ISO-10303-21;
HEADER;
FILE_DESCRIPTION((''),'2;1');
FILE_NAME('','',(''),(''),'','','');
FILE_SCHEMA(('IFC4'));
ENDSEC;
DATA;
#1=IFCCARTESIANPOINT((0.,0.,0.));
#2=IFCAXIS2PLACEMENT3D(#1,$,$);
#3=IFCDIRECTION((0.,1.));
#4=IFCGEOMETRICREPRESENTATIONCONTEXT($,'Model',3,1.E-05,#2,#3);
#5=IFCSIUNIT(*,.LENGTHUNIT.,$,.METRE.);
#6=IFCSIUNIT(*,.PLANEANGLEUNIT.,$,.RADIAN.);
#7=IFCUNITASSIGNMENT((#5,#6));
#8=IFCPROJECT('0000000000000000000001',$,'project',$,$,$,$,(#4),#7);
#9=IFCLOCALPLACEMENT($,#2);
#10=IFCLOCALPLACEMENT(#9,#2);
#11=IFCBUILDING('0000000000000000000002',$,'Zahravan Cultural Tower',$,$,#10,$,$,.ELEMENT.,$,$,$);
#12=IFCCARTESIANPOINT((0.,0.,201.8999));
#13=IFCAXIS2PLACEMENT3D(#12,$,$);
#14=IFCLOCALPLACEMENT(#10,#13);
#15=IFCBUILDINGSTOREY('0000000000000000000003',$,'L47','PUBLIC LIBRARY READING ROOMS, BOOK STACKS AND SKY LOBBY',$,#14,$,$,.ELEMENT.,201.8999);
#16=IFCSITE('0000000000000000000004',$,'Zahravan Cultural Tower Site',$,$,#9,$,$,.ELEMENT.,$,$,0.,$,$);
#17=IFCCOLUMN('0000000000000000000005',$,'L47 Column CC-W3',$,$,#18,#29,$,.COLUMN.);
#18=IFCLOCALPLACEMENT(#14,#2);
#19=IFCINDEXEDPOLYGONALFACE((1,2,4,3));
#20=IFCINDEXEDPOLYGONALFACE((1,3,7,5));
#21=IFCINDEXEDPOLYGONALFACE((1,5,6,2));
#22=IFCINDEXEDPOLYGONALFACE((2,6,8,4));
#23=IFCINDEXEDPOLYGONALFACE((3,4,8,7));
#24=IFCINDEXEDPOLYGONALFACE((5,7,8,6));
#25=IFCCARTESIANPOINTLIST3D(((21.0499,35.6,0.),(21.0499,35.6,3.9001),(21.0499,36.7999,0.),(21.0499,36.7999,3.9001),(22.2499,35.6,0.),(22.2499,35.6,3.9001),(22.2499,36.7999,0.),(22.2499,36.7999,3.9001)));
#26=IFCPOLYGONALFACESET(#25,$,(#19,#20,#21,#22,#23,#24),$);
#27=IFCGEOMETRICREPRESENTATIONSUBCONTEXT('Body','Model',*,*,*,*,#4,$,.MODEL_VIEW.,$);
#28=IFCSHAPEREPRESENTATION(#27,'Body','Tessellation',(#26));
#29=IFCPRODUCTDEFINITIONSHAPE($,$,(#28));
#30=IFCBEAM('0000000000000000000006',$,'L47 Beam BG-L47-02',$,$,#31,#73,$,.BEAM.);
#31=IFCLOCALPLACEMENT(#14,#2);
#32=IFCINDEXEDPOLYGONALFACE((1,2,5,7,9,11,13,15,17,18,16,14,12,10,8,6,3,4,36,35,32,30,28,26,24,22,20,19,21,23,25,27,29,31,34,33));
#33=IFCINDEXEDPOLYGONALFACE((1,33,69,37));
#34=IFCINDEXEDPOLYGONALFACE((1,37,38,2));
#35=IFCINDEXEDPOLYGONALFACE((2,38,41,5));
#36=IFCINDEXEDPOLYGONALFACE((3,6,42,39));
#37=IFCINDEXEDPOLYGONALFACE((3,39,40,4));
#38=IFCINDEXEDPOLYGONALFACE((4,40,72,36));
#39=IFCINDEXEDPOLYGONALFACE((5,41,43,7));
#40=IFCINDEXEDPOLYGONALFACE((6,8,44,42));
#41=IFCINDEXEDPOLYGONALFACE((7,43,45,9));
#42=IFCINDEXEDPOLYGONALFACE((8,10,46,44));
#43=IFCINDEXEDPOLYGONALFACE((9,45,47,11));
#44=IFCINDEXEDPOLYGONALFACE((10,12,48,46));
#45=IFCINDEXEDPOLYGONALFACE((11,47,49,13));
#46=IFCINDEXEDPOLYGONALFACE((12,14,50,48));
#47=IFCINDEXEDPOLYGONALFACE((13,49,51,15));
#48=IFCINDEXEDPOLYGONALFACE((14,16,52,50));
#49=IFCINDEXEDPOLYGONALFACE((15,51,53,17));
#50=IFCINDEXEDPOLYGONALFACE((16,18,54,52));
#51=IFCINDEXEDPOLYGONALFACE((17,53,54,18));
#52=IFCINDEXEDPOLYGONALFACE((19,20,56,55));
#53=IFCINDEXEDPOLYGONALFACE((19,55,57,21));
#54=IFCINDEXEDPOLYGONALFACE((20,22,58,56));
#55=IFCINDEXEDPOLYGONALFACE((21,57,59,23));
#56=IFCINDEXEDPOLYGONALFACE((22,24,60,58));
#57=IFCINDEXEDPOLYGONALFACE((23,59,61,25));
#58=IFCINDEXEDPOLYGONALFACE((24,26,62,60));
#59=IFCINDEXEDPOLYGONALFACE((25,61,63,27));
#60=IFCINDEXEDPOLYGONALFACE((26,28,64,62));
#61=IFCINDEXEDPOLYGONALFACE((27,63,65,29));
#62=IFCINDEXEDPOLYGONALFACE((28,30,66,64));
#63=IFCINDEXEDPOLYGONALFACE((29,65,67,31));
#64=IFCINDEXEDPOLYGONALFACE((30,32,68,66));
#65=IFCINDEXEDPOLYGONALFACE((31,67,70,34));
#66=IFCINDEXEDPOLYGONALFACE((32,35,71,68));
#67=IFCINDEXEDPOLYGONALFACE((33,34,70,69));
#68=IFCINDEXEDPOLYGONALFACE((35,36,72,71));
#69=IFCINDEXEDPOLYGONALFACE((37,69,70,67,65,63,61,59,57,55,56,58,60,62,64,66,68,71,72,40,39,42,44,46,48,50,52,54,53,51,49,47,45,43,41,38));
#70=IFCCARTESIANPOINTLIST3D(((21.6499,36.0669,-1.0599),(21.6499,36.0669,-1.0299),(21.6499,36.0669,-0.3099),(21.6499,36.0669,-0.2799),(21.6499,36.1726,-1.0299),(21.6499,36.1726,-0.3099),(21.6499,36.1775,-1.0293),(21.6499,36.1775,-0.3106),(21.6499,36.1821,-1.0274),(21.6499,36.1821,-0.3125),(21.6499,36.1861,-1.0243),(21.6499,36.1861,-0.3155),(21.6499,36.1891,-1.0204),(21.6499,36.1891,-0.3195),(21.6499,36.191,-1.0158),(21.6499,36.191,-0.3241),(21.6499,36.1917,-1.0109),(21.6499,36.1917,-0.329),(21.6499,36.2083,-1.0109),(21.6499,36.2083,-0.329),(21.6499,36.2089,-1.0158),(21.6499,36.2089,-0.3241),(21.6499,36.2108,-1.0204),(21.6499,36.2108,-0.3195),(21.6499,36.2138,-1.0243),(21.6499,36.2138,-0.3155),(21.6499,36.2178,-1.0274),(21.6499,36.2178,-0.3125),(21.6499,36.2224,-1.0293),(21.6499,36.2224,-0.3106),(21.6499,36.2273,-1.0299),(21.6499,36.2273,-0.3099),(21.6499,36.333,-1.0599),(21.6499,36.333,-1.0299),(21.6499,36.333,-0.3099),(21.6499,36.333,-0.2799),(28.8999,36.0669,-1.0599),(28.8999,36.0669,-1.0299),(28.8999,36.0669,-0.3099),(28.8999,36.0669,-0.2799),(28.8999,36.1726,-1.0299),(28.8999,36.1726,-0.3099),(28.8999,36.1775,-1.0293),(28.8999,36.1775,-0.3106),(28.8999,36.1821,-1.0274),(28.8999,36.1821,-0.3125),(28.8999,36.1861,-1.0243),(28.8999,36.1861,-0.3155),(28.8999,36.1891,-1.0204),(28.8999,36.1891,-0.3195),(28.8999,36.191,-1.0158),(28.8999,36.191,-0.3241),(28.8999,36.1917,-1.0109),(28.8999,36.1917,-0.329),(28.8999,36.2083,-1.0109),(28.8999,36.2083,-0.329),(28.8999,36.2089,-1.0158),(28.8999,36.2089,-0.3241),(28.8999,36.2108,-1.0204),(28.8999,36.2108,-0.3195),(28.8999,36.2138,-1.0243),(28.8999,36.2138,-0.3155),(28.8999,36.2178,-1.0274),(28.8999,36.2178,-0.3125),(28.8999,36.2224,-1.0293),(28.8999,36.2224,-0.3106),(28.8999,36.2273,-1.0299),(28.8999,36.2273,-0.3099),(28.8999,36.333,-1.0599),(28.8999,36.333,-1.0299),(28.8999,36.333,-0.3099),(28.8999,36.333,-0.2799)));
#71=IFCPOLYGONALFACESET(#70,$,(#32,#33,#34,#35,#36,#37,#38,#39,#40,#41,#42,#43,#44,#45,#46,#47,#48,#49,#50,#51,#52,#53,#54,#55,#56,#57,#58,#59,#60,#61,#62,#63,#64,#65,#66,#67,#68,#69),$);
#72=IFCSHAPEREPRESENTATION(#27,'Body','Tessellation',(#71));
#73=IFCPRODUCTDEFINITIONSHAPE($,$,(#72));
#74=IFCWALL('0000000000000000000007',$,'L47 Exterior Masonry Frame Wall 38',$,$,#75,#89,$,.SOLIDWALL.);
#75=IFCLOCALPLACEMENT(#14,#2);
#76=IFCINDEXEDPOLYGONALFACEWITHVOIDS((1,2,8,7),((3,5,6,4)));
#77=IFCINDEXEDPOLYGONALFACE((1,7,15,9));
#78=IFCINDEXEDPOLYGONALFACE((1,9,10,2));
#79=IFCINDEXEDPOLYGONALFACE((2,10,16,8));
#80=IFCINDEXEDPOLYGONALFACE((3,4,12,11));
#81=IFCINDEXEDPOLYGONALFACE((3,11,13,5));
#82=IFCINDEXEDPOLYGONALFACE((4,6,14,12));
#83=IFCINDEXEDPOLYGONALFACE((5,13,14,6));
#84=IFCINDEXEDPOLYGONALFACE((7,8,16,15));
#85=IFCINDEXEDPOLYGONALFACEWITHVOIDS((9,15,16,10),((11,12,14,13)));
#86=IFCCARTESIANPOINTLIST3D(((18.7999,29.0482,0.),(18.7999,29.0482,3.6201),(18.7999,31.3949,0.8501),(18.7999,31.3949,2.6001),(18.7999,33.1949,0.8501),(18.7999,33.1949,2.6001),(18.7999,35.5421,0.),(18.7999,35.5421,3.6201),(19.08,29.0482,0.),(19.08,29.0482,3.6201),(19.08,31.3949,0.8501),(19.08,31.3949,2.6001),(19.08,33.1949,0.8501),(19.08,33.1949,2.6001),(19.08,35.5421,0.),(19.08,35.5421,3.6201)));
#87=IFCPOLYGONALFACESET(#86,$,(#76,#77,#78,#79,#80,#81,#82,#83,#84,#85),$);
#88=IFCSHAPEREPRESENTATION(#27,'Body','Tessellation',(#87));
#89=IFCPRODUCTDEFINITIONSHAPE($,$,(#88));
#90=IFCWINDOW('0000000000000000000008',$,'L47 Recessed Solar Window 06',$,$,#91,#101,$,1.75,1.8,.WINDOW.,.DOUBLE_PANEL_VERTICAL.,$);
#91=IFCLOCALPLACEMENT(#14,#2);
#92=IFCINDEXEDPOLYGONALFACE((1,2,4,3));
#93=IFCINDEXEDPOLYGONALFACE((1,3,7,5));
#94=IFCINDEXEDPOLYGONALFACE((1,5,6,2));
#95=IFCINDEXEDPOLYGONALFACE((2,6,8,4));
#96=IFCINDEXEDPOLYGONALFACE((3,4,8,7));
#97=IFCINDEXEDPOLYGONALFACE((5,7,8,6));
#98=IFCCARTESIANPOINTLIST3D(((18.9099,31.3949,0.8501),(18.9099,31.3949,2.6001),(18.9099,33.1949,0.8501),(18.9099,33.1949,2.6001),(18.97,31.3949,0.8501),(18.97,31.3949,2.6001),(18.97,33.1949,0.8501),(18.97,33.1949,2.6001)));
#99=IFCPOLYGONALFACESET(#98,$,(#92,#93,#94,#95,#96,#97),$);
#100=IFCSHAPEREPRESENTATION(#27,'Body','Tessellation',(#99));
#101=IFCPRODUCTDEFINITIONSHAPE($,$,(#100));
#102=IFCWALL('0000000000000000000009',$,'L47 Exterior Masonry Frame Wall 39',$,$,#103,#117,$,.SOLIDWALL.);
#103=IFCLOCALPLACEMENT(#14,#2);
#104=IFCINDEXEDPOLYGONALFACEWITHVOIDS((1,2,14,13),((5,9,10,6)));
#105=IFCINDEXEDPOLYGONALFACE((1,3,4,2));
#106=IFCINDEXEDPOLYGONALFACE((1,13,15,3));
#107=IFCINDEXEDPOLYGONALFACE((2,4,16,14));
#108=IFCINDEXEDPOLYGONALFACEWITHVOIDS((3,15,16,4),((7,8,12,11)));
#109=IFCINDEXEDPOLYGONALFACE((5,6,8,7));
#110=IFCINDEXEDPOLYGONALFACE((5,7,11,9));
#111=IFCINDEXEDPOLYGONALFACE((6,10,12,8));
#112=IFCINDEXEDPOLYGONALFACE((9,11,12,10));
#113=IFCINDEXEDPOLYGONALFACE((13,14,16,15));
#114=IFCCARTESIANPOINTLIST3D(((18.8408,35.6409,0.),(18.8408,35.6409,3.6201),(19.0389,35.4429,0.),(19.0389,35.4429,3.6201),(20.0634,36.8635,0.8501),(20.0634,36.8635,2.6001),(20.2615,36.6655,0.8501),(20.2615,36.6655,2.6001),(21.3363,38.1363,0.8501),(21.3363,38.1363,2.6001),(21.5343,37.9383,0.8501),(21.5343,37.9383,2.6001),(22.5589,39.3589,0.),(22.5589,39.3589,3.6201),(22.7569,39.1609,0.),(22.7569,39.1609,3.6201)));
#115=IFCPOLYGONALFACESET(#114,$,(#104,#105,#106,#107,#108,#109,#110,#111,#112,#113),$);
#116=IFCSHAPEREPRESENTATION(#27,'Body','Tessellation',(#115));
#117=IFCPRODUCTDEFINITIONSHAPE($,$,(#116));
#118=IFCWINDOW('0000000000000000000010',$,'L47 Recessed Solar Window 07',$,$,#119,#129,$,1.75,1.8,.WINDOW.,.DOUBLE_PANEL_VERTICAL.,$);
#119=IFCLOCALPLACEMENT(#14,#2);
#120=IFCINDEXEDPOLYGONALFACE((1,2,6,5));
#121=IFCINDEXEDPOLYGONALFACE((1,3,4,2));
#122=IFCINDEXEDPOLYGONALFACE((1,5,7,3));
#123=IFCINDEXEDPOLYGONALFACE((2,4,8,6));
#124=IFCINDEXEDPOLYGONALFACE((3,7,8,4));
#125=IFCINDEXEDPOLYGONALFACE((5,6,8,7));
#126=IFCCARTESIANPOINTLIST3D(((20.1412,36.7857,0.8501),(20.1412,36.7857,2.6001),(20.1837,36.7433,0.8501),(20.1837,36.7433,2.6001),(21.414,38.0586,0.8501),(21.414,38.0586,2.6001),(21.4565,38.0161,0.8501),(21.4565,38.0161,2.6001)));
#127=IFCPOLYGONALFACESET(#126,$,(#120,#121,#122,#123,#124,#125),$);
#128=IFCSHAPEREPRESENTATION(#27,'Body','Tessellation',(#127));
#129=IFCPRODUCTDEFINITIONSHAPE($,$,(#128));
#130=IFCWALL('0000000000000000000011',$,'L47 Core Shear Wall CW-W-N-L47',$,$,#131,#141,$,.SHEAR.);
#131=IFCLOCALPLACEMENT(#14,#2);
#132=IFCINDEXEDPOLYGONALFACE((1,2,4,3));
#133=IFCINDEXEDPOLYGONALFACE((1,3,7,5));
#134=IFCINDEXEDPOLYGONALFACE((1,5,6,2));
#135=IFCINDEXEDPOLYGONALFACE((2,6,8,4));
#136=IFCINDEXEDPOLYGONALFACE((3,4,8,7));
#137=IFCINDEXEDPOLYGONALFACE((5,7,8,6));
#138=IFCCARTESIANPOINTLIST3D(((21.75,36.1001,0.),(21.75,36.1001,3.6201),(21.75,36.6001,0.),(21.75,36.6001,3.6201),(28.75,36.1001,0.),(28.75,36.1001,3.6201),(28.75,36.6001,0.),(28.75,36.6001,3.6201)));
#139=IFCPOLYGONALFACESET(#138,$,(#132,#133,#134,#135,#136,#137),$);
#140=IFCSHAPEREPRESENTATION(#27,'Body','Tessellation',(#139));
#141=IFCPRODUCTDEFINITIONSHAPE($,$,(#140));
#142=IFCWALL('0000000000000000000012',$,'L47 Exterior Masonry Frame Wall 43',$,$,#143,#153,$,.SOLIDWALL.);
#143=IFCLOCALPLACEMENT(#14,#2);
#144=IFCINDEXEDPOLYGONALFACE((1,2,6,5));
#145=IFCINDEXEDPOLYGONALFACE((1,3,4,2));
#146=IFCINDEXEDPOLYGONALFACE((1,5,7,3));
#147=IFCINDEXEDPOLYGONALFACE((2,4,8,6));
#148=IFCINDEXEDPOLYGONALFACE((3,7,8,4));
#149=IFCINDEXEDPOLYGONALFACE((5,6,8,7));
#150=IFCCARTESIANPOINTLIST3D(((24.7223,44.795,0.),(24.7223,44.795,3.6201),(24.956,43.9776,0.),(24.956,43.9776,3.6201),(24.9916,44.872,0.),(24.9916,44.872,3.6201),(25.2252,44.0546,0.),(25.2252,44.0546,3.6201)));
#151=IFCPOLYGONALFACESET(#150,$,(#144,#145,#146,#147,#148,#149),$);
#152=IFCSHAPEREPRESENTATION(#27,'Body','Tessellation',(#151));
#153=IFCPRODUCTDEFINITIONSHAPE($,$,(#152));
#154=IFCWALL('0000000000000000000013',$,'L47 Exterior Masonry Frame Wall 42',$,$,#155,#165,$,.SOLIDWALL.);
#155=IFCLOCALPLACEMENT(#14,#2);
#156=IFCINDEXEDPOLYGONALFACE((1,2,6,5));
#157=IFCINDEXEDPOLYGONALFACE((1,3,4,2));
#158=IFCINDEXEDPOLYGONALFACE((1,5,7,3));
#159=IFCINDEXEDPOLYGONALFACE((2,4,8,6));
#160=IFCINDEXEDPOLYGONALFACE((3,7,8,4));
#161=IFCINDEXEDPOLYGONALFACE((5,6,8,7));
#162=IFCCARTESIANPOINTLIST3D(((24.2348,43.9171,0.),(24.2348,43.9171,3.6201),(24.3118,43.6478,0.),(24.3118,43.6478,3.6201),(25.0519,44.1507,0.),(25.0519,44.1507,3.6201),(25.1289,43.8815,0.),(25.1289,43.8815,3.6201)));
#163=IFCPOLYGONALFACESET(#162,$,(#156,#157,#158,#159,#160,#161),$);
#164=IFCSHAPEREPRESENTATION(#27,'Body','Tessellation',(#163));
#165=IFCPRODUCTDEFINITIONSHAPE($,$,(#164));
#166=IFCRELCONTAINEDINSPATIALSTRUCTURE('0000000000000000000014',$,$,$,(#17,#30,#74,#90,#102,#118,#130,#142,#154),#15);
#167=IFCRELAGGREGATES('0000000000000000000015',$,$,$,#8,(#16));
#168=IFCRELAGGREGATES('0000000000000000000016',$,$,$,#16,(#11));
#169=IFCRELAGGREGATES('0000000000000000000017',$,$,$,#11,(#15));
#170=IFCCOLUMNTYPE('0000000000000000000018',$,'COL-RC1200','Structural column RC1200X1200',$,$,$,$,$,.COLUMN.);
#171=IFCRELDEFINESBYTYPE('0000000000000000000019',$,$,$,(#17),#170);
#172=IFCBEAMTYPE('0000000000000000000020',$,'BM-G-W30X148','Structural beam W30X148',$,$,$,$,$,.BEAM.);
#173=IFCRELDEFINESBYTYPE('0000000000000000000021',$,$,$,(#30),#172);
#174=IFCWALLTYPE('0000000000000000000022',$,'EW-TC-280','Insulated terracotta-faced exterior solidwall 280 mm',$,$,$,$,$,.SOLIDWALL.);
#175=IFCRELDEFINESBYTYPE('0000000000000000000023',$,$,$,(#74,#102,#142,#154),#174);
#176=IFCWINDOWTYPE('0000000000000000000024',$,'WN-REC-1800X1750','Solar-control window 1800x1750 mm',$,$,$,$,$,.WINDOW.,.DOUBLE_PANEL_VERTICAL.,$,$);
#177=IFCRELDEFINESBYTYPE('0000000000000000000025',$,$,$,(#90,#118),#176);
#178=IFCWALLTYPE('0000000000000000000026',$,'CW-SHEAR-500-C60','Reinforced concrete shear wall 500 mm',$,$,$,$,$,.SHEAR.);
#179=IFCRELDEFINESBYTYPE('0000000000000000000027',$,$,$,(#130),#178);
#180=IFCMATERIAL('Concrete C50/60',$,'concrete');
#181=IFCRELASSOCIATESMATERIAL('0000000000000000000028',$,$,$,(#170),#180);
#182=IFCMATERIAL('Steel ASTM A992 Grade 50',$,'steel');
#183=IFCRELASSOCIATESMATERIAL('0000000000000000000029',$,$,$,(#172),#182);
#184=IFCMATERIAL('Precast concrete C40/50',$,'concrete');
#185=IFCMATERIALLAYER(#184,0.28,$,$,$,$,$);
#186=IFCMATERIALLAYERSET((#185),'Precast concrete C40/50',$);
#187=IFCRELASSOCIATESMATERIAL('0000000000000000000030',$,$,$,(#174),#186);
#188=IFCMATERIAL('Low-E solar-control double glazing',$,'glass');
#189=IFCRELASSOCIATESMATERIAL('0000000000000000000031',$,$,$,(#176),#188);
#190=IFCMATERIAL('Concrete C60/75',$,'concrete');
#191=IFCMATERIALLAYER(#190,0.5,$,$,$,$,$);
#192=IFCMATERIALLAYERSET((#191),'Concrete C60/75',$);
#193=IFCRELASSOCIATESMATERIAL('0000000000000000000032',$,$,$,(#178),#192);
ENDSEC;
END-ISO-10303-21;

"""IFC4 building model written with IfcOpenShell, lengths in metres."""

from ifc_helpers import new_model, si_unit, direction, frame, frame_2d, origin, origin_2d, place, context, subcontext, project, spatial, rectangle, i_section, extrude, source, transform, mapped, material, layer, layer_set, material_profile, profile_set, type_object, element, fill, save


model = new_model("IFC4")

# Units and contexts
model_context = context("Model", 3, precision=1e-05, world=origin(), true_north=direction((0.0, 1.0)))
body_context = subcontext(model_context, "Body", "Model", "MODEL_VIEW")
ifc_project = project(units=[si_unit("LENGTHUNIT", "METRE"), si_unit("PLANEANGLEUNIT", "RADIAN")], contexts=[model_context])

# Site, building, storey
site_placement = place(None, origin())
site = spatial("IfcSite", under=ifc_project, at=site_placement, Name="Zahravan Cultural Tower Site", CompositionType="ELEMENT", RefElevation=0.0)
building_placement = place(site_placement, origin())
building = spatial("IfcBuilding", under=site, at=building_placement, Name="Zahravan Cultural Tower", CompositionType="ELEMENT")
storey_placement = place(building_placement, frame((0.0, 0.0, 201.8999)))
storey = spatial("IfcBuildingStorey", under=building, at=storey_placement, Name="L47", Description="PUBLIC LIBRARY READING ROOMS, BOOK STACKS AND SKY LOBBY", CompositionType="ELEMENT", Elevation=201.8999)

# Column
ifc_material_1 = material(Name="Concrete C50/60", Category="concrete")
ifc_material_profile_1 = material_profile(ifc_material_1, rectangle(XDim=1.2, YDim=1.2, at=origin_2d()), Name="RC1200X1200")
ifc_profile_set_1 = profile_set([ifc_material_profile_1], Name="Concrete C50/60")
column_type = type_object("IfcColumnType", Name="COL-RC1200", Description="Structural column RC1200X1200", PredefinedType="COLUMN", material=ifc_profile_set_1)
shared_shape_1 = source(origin(), body_context, "Body", "SweptSolid", [
    extrude(rectangle(XDim=1.2, YDim=1.2, at=origin_2d()), origin(), (0.0, 0.0, 1.0), 3.9001),
])
column_placement = place(storey_placement, frame((21.6499, 36.2, 0.0), z_axis=(0.0, 0.0, 1.0), x_axis=(1.0, 0.0, 0.0)))
element("IfcColumn", 1, at=column_placement, inside=storey, type_object=column_type, Name="L47 Column CC-W3", PredefinedType="COLUMN", context=body_context, shape_type="MappedRepresentation", body=[
    mapped(shared_shape_1, transform((0.0, 0.0, 0.0), x_axis=(1.0, 0.0, 0.0), y_axis=(0.0, 1.0, 0.0), z_axis=(0.0, 0.0, 1.0), scale=1.0)),
])

# Beam
ifc_material_2 = material(Name="Steel ASTM A992 Grade 50", Category="steel")
ifc_material_profile_2 = material_profile(ifc_material_2, i_section(OverallWidth=0.2661, OverallDepth=0.78, WebThickness=0.0166, FlangeThickness=0.03, FilletRadius=0.019, at=origin_2d()), Name="W30X148")
ifc_profile_set_2 = profile_set([ifc_material_profile_2], Name="Steel ASTM A992 Grade 50")
beam_type = type_object("IfcBeamType", Name="BM-G-W30X148", Description="Structural beam W30X148", PredefinedType="BEAM", material=ifc_profile_set_2)
shared_shape_2 = source(origin(), body_context, "Body", "SweptSolid", [
    extrude(i_section(OverallWidth=0.2661, OverallDepth=0.78, WebThickness=0.0166, FlangeThickness=0.03, FilletRadius=0.019, at=origin_2d()), origin(), (0.0, 0.0, 1.0), 7.25),
])
beam_placement = place(storey_placement, frame((21.6499, 36.2, -0.6699), z_axis=(1.0, 0.0, 0.0), x_axis=(0.0, 1.0, 0.0)))
element("IfcBeam", 2, at=beam_placement, inside=storey, type_object=beam_type, Name="L47 Beam BG-L47-02", PredefinedType="BEAM", context=body_context, shape_type="MappedRepresentation", body=[
    mapped(shared_shape_2, transform((0.0, 0.0, 0.0), x_axis=(1.0, 0.0, 0.0), y_axis=(0.0, 1.0, 0.0), z_axis=(0.0, 0.0, 1.0), scale=1.0)),
])

# Walls, openings, windows
ifc_material_3 = material(Name="Precast concrete C40/50", Category="concrete")
ifc_layer_1 = layer(ifc_material_3, 0.28)
ifc_layer_set_1 = layer_set([ifc_layer_1], Name="Precast concrete C40/50")
wall_type_1 = type_object("IfcWallType", Name="EW-TC-280", Description="Insulated terracotta-faced exterior solidwall 280 mm", PredefinedType="SOLIDWALL", material=ifc_layer_set_1)
wall_1_placement = place(storey_placement, frame((18.9399, 29.0481, 0.0), z_axis=(0.0, 0.0, 1.0), x_axis=(0.0, 1.0, 0.0)))
wall_1 = element("IfcWall", 3, at=wall_1_placement, inside=storey, type_object=wall_type_1, Name="L47 Exterior Masonry Frame Wall 38", PredefinedType="SOLIDWALL", context=body_context, shape_type="SweptSolid", body=[
    extrude(rectangle(XDim=6.4939, YDim=0.28, at=frame_2d((3.2471, 0.0))), origin(), (0.0, 0.0, 1.0), 3.6201),
])
opening_1_placement = place(wall_1_placement, frame((2.3469, 0.0, 0.8501)))
opening_1 = element("IfcOpeningElement", 4, at=opening_1_placement, cuts=wall_1, PredefinedType="OPENING", context=body_context, shape_type="SweptSolid", body=[
    extrude(rectangle(XDim=1.8, YDim=1.75, at=frame_2d((0.8999, 0.875))), frame((0.0, 0.1499, 0.0), z_axis=(0.0, -1.0, 0.0), x_axis=(1.0, 0.0, 0.0)), (0.0, 0.0, 1.0), 0.3),
])
ifc_material_4 = material(Name="Low-E solar-control double glazing", Category="glass")
window_type = type_object("IfcWindowType", Name="WN-REC-1800X1750", Description="Solar-control window 1800x1750 mm", PartitioningType="DOUBLE_PANEL_VERTICAL", PredefinedType="WINDOW", material=ifc_material_4)
shared_shape_3 = source(origin(), body_context, "Body", "SweptSolid", [
    extrude(rectangle(XDim=1.8, YDim=1.75, at=frame_2d((0.8999, 0.875))), frame((0.0, 0.03, 0.0), z_axis=(0.0, -1.0, 0.0), x_axis=(1.0, 0.0, 0.0)), (0.0, 0.0, 1.0), 0.0601),
])
window_1_placement = place(opening_1_placement, origin())
window_1 = element("IfcWindow", 5, at=window_1_placement, inside=storey, type_object=window_type, Name="L47 Recessed Solar Window 06", OverallHeight=1.75, OverallWidth=1.8, PartitioningType="DOUBLE_PANEL_VERTICAL", PredefinedType="WINDOW", context=body_context, shape_type="MappedRepresentation", body=[
    mapped(shared_shape_3, transform((0.0, 0.0, 0.0), x_axis=(1.0, 0.0, 0.0), y_axis=(0.0, 1.0, 0.0), z_axis=(0.0, 0.0, 1.0), scale=1.0)),
])
fill(opening_1, window_1)
wall_2_placement = place(storey_placement, frame((18.9399, 35.542, 0.0), z_axis=(0.0, 0.0, 1.0), x_axis=(0.707107, 0.707107, 0.0)))
wall_2 = element("IfcWall", 6, at=wall_2_placement, inside=storey, type_object=wall_type_1, Name="L47 Exterior Masonry Frame Wall 39", PredefinedType="SOLIDWALL", context=body_context, shape_type="SweptSolid", body=[
    extrude(rectangle(XDim=5.2581, YDim=0.28, at=frame_2d((2.6289, 0.0))), origin(), (0.0, 0.0, 1.0), 3.6201),
])
opening_2_placement = place(wall_2_placement, frame((1.729, 0.0, 0.8501)))
opening_2 = element("IfcOpeningElement", 7, at=opening_2_placement, cuts=wall_2, PredefinedType="OPENING", context=body_context, shape_type="SweptSolid", body=[
    extrude(rectangle(XDim=1.8, YDim=1.75, at=frame_2d((0.8999, 0.875))), frame((0.0, 0.1499, 0.0), z_axis=(0.0, -1.0, 0.0), x_axis=(1.0, 0.0, 0.0)), (0.0, 0.0, 1.0), 0.3),
])
window_2_placement = place(opening_2_placement, origin())
window_2 = element("IfcWindow", 8, at=window_2_placement, inside=storey, type_object=window_type, Name="L47 Recessed Solar Window 07", OverallHeight=1.75, OverallWidth=1.8, PartitioningType="DOUBLE_PANEL_VERTICAL", PredefinedType="WINDOW", context=body_context, shape_type="MappedRepresentation", body=[
    mapped(shared_shape_3, transform((0.0, 0.0, 0.0), x_axis=(1.0, 0.0, 0.0), y_axis=(0.0, 1.0, 0.0), z_axis=(0.0, 0.0, 1.0), scale=1.0)),
])
fill(opening_2, window_2)

# Walls
ifc_material_5 = material(Name="Concrete C60/75", Category="concrete")
ifc_layer_2 = layer(ifc_material_5, 0.5)
ifc_layer_set_2 = layer_set([ifc_layer_2], Name="Concrete C60/75")
wall_type_2 = type_object("IfcWallType", Name="CW-SHEAR-500-C60", Description="Reinforced concrete shear wall 500 mm", PredefinedType="SHEAR", material=ifc_layer_set_2)
shared_shape_4 = source(origin(), body_context, "Body", "SweptSolid", [
    extrude(rectangle(XDim=7.0, YDim=0.5, at=frame_2d((3.5, 0.0))), origin(), (0.0, 0.0, 1.0), 3.6201),
])
wall_3_placement = place(storey_placement, frame((21.75, 36.3501, 0.0), z_axis=(0.0, 0.0, 1.0), x_axis=(1.0, 0.0, 0.0)))
element("IfcWall", 9, at=wall_3_placement, inside=storey, type_object=wall_type_2, Name="L47 Core Shear Wall CW-W-N-L47", PredefinedType="SHEAR", context=body_context, shape_type="MappedRepresentation", body=[
    mapped(shared_shape_4, transform((0.0, 0.0, 0.0), x_axis=(1.0, 0.0, 0.0), y_axis=(0.0, 1.0, 0.0), z_axis=(0.0, 0.0, 1.0), scale=1.0)),
])
shared_shape_5 = source(origin(), body_context, "Body", "SweptSolid", [
    extrude(rectangle(XDim=0.8501, YDim=0.28, at=frame_2d((0.425, 0.0))), origin(), (0.0, 0.0, 1.0), 3.6201),
])
wall_4_placement = place(storey_placement, frame((25.0906, 44.0161, 0.0), z_axis=(0.0, 0.0, 1.0), x_axis=(-0.274835, 0.961491, 0.0)))
element("IfcWall", 10, at=wall_4_placement, inside=storey, type_object=wall_type_1, Name="L47 Exterior Masonry Frame Wall 43", PredefinedType="SOLIDWALL", context=body_context, shape_type="MappedRepresentation", body=[
    mapped(shared_shape_5, transform((0.0, 0.0, 0.0), x_axis=(1.0, 0.0, 0.0), y_axis=(0.0, 1.0, 0.0), z_axis=(0.0, 0.0, 1.0), scale=1.0)),
])
shared_shape_6 = source(origin(), body_context, "Body", "SweptSolid", [
    extrude(rectangle(XDim=0.8499, YDim=0.28, at=frame_2d((0.4248, 0.0))), origin(), (0.0, 0.0, 1.0), 3.6201),
])
for number, where, z_axis, x_axis, name in (
    (11, (24.2734, 43.7825, 0.0), (0.0, 0.0, 1.0), (0.96147, 0.274911, 0.0), "L47 Exterior Masonry Frame Wall 42"),
):
    element("IfcWall", number, at=place(storey_placement, frame(where, z_axis=z_axis, x_axis=x_axis)), inside=storey, type_object=wall_type_1, Name=name, PredefinedType="SOLIDWALL", context=body_context, shape_type="MappedRepresentation", body=[
        mapped(shared_shape_6, transform((0.0, 0.0, 0.0), x_axis=(1.0, 0.0, 0.0), y_axis=(0.0, 1.0, 0.0), z_axis=(0.0, 0.0, 1.0), scale=1.0)),
    ])

save(model, "model.ifc")
